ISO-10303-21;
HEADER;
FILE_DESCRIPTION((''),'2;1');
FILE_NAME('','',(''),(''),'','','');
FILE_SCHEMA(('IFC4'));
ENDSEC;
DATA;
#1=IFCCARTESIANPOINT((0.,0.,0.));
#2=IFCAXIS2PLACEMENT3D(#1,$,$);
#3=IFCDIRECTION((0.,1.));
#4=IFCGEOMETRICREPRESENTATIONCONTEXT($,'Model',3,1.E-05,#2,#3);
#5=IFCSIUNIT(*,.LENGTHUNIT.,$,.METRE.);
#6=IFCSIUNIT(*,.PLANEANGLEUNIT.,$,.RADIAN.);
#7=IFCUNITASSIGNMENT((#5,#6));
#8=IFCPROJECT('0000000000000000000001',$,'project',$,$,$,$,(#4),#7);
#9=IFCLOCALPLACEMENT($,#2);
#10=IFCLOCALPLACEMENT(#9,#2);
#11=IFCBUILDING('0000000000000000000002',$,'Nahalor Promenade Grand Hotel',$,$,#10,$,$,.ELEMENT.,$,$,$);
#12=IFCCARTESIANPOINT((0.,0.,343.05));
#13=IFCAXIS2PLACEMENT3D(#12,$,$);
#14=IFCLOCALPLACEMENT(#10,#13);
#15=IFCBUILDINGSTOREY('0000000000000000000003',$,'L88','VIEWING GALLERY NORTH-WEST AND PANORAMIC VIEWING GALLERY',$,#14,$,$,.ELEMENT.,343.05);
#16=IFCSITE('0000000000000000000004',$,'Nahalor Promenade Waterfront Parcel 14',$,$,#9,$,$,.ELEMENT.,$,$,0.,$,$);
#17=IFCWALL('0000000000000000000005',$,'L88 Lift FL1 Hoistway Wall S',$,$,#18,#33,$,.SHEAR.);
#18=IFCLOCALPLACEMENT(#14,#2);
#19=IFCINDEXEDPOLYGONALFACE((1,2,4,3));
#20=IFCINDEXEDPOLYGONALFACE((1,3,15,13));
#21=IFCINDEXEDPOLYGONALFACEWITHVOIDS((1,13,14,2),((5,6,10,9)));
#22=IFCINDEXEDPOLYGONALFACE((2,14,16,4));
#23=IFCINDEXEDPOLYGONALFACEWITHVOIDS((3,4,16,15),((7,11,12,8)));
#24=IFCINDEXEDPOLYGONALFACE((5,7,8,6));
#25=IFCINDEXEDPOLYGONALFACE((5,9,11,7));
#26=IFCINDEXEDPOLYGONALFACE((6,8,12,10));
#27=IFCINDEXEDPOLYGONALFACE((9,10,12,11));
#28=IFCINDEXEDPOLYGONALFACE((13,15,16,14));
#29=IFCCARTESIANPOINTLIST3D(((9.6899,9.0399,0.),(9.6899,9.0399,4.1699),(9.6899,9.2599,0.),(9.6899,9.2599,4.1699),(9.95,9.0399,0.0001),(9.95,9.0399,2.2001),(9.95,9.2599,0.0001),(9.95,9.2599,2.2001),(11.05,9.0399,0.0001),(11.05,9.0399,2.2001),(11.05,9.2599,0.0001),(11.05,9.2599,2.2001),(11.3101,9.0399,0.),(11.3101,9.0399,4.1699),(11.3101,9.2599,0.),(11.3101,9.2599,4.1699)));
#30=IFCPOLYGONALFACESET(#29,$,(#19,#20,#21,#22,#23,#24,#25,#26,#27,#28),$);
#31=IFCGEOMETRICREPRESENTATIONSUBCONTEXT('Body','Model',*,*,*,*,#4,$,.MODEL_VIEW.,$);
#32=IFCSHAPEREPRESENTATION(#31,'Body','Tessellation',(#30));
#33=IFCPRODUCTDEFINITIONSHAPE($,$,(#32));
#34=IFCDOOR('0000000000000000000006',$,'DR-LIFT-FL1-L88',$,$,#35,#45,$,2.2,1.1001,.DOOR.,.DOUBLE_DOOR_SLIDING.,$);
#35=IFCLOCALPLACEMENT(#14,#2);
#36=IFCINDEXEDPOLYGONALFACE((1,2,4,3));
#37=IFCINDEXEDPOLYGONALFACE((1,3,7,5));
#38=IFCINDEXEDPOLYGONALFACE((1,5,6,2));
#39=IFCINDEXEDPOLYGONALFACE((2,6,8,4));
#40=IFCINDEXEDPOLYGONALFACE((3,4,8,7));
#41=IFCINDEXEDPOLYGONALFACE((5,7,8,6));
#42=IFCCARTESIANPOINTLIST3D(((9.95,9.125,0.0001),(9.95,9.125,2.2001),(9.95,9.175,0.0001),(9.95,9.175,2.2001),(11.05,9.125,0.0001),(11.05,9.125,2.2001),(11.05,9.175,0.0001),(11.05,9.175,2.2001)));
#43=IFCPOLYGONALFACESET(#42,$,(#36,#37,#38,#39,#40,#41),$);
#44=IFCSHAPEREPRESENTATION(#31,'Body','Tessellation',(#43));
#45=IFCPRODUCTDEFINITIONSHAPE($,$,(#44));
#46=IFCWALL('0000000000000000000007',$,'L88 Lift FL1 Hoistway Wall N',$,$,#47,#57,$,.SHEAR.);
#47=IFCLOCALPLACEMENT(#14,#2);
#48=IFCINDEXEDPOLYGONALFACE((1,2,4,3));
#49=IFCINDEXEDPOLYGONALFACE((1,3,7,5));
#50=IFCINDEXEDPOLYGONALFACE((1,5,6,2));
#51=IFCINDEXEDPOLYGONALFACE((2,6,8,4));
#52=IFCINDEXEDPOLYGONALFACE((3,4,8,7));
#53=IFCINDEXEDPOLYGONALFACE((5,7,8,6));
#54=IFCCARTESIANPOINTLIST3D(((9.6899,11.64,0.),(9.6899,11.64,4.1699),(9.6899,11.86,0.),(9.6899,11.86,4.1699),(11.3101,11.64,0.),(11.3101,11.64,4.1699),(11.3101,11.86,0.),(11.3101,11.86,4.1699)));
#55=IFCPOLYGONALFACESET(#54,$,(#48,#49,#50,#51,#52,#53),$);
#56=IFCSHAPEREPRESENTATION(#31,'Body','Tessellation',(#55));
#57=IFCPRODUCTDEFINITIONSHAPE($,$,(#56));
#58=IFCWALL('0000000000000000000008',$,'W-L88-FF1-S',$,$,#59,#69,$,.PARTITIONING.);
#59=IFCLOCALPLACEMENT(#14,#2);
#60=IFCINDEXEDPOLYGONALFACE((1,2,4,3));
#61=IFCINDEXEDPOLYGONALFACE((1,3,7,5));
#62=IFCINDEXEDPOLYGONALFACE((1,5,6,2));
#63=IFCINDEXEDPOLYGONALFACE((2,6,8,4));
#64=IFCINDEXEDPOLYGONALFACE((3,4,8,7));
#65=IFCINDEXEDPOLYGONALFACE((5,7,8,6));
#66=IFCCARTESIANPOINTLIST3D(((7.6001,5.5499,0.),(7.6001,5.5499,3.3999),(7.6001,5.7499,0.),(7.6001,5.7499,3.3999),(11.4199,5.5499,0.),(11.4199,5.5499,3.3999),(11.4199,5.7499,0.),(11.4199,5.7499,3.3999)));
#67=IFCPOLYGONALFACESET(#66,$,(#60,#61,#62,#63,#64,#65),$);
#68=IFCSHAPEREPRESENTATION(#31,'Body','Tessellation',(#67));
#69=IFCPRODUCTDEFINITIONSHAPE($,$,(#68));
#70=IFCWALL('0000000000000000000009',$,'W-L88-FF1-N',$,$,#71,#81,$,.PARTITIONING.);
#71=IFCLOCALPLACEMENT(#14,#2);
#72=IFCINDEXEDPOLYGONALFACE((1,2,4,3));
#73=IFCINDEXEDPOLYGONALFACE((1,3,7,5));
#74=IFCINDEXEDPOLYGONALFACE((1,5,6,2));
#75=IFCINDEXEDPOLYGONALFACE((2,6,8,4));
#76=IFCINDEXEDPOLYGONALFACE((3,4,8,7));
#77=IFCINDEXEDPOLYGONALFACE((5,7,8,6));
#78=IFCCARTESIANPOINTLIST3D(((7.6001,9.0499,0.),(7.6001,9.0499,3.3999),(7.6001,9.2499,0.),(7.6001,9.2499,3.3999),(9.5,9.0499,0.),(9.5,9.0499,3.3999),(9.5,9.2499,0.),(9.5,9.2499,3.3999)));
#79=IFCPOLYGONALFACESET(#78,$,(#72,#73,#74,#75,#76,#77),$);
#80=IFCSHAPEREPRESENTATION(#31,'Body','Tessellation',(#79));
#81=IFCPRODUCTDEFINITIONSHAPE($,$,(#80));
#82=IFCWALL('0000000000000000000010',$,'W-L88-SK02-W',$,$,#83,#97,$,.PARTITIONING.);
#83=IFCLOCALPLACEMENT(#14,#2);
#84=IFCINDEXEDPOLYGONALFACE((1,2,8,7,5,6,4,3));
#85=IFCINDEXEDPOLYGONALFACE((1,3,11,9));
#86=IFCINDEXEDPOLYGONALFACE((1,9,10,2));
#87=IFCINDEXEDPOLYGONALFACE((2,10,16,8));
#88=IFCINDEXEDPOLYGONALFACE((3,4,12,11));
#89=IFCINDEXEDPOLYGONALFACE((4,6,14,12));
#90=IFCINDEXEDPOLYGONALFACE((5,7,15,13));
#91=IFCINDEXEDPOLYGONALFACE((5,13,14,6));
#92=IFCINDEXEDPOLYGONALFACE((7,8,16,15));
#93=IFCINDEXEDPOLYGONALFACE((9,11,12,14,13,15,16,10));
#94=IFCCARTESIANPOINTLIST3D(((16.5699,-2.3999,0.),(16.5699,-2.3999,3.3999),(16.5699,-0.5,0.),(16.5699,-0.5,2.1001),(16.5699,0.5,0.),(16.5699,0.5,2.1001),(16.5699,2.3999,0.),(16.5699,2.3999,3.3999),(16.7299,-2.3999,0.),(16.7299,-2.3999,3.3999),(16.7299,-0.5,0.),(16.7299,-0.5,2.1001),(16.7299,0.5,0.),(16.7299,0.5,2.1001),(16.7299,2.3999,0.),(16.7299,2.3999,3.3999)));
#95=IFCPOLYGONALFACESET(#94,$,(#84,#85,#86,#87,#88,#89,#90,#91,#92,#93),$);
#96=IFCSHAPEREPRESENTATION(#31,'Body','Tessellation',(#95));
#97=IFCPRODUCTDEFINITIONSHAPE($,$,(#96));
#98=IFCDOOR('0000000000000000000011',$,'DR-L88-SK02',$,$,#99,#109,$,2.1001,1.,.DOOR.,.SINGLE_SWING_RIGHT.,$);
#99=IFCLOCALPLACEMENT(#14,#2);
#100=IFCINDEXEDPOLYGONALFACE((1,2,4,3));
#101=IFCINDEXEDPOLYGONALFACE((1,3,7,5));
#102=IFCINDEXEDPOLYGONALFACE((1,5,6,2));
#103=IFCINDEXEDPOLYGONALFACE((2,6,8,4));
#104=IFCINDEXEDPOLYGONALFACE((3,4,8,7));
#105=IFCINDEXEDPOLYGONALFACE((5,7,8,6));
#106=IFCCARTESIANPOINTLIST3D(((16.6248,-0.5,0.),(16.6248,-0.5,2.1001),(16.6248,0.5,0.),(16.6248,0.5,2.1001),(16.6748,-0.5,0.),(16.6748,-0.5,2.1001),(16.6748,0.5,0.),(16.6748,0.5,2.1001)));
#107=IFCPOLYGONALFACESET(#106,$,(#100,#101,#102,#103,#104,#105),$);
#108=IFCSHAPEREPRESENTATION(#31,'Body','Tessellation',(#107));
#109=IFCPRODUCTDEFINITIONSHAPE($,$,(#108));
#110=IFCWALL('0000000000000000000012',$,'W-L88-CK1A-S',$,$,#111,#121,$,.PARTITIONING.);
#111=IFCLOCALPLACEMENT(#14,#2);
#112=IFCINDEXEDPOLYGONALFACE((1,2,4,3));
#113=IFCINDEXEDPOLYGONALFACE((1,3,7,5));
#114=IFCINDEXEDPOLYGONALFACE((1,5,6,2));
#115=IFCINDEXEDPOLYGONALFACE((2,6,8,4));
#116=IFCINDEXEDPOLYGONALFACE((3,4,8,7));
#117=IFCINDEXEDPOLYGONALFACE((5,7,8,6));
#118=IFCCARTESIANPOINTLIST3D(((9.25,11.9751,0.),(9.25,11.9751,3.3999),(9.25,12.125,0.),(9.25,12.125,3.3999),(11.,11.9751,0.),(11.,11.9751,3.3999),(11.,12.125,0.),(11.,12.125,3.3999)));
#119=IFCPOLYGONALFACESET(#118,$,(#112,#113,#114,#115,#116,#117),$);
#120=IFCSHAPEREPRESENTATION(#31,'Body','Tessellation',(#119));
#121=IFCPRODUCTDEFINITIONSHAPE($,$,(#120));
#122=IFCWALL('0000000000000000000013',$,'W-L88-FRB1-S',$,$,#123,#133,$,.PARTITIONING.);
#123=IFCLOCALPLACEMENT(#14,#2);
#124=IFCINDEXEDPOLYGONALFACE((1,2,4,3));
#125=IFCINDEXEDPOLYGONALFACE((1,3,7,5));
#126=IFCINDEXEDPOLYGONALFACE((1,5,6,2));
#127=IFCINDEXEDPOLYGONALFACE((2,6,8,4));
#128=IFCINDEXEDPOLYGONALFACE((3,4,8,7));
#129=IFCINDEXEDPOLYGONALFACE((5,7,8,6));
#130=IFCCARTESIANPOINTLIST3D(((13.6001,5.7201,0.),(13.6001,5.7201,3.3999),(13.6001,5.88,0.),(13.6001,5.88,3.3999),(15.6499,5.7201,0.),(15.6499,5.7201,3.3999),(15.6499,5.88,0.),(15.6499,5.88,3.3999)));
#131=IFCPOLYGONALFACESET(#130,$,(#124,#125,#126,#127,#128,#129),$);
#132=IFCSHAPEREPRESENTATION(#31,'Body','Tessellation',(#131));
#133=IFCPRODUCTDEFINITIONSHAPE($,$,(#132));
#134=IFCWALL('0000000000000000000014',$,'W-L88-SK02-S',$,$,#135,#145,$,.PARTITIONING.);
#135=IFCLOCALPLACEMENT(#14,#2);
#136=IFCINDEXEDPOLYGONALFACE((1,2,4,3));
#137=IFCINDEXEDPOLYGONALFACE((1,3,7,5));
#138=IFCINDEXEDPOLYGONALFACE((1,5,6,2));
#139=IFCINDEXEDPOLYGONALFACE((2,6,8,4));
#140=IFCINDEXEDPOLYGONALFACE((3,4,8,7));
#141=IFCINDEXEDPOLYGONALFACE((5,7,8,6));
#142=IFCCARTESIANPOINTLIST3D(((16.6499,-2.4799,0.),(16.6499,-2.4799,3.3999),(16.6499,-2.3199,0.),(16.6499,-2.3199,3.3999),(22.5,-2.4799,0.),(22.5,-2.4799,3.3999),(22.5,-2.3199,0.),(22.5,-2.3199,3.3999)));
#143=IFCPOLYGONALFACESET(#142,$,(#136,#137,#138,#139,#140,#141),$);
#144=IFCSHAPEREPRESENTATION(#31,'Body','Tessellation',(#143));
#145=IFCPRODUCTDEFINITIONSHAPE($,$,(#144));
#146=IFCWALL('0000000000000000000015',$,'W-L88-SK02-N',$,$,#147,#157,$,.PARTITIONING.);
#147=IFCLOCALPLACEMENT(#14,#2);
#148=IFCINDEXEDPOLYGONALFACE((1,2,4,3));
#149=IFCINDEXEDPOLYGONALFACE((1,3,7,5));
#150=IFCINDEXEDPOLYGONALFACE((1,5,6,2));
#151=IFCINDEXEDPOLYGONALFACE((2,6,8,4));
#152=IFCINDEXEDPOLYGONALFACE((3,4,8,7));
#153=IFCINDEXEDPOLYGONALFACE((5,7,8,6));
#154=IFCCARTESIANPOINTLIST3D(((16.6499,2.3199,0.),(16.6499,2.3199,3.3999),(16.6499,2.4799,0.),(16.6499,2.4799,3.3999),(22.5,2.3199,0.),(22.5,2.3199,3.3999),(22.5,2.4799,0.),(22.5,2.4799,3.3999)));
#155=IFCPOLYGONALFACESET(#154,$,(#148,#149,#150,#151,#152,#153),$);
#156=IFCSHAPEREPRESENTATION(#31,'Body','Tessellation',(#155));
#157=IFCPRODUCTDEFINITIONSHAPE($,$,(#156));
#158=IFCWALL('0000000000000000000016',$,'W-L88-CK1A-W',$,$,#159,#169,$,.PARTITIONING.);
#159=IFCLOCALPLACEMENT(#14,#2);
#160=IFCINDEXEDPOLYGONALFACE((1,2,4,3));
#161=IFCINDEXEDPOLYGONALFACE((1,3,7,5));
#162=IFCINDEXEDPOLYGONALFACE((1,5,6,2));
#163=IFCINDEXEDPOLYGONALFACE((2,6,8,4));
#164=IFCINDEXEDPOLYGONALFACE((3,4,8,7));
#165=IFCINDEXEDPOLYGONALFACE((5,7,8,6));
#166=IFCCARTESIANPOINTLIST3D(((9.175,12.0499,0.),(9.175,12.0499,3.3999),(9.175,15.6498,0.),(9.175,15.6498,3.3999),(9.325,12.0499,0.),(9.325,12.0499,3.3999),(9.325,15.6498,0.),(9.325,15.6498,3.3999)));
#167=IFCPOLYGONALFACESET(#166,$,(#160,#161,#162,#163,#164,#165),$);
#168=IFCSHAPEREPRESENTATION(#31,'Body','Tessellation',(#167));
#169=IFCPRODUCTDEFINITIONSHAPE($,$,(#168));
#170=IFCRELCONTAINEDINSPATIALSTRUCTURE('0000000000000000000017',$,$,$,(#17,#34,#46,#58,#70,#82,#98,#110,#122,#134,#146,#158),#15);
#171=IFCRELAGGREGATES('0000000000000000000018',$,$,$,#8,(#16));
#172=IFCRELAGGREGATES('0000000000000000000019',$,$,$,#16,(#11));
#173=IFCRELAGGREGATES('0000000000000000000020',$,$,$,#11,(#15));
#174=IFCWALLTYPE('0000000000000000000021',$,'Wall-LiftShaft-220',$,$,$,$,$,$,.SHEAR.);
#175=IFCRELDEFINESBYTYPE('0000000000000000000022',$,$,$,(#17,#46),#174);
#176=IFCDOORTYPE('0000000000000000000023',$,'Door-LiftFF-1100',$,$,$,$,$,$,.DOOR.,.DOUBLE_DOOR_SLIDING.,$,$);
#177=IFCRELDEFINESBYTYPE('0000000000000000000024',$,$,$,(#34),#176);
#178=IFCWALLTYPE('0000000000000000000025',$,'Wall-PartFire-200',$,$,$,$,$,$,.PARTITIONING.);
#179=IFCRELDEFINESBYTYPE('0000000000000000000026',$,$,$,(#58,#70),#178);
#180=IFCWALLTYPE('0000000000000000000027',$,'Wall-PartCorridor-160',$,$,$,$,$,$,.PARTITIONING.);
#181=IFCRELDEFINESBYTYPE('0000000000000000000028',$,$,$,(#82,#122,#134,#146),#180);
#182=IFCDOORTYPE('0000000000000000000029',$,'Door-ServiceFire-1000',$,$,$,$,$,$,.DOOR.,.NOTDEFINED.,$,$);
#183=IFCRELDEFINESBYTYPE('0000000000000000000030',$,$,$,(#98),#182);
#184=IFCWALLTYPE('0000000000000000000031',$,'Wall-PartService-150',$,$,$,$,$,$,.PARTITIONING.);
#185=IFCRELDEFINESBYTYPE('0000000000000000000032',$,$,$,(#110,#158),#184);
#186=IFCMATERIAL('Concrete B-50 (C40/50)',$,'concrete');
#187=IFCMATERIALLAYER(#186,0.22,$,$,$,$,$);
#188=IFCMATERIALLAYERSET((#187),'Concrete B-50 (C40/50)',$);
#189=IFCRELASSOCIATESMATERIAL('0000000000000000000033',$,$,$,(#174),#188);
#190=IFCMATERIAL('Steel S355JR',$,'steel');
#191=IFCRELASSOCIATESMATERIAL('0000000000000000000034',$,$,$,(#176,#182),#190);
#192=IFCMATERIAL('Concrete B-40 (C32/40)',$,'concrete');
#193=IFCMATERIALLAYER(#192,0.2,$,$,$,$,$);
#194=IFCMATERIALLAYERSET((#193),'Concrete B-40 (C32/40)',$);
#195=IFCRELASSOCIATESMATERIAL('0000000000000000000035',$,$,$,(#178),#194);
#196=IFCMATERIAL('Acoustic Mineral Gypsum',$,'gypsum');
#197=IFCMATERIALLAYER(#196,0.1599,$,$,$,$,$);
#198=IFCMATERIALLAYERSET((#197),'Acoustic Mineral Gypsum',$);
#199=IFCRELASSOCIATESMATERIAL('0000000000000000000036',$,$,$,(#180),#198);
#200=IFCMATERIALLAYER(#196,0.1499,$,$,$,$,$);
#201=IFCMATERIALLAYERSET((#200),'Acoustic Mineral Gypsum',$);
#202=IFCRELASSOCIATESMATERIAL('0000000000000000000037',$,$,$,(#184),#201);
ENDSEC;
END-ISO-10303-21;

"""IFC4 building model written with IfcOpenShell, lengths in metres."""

from ifc_helpers import new_model, si_unit, direction, frame, frame_2d, origin, place, context, subcontext, project, spatial, rectangle, extrude, source, transform, mapped, material, layer, layer_set, type_object, element, fill, save


model = new_model("IFC4")

# Units and contexts
model_context = context("Model", 3, precision=1e-05, world=origin(), true_north=direction((0.0, 1.0)))
body_context = subcontext(model_context, "Body", "Model", "MODEL_VIEW")
ifc_project = project(units=[si_unit("LENGTHUNIT", "METRE"), si_unit("PLANEANGLEUNIT", "RADIAN")], contexts=[model_context])

# Site, building, storey
site_placement = place(None, origin())
site = spatial("IfcSite", under=ifc_project, at=site_placement, Name="Nahalor Promenade Waterfront Parcel 14", CompositionType="ELEMENT", RefElevation=0.0)
building_placement = place(site_placement, origin())
building = spatial("IfcBuilding", under=site, at=building_placement, Name="Nahalor Promenade Grand Hotel", CompositionType="ELEMENT")
storey_placement = place(building_placement, frame((0.0, 0.0, 343.05)))
storey = spatial("IfcBuildingStorey", under=building, at=storey_placement, Name="L88", Description="VIEWING GALLERY NORTH-WEST AND PANORAMIC VIEWING GALLERY", CompositionType="ELEMENT", Elevation=343.05)

# Shared definitions
ifc_material_1 = material(Name="Steel S355JR", Category="steel")

# Shared definitions
ifc_material_2 = material(Name="Concrete B-50 (C40/50)", Category="concrete")

# Shared definitions
ifc_layer_1 = layer(ifc_material_2, 0.22)
ifc_layer_set_1 = layer_set([ifc_layer_1], Name="Concrete B-50 (C40/50)")
wall_type_1 = type_object("IfcWallType", Name="Wall-LiftShaft-220", PredefinedType="SHEAR", material=ifc_layer_set_1)

# Wall, opening, door
shared_shape_1 = source(origin(), body_context, "Body", "SweptSolid", [
    extrude(rectangle(XDim=1.6201, YDim=0.22, at=frame_2d((0.8101, 0.0))), origin(), (0.0, 0.0, 1.0), 4.1699),
])
wall_1_placement = place(storey_placement, frame((9.6899, 9.1499, 0.0), z_axis=(0.0, 0.0, 1.0), x_axis=(1.0, 0.0, 0.0)))
wall_1 = element("IfcWall", 1, at=wall_1_placement, inside=storey, type_object=wall_type_1, Name="L88 Lift FL1 Hoistway Wall S", PredefinedType="SHEAR", context=body_context, shape_type="MappedRepresentation", body=[
    mapped(shared_shape_1, transform((0.0, 0.0, 0.0), scale=1.0)),
])
opening_1_placement = place(wall_1_placement, frame((0.26, 0.0, 0.0)))
opening_1 = element("IfcOpeningElement", 2, at=opening_1_placement, cuts=wall_1, PredefinedType="OPENING", context=body_context, shape_type="SweptSolid", body=[
    extrude(rectangle(XDim=1.1001, YDim=2.2, at=frame_2d((0.55, 1.1001))), frame((0.0, 0.1199, 0.0), z_axis=(0.0, -1.0, 0.0), x_axis=(1.0, 0.0, 0.0)), (0.0, 0.0, 1.0), 0.24),
])
door_type_1 = type_object("IfcDoorType", Name="Door-LiftFF-1100", OperationType="DOUBLE_DOOR_SLIDING", PredefinedType="DOOR", material=ifc_material_1)
shared_shape_2 = source(origin(), body_context, "Body", "SweptSolid", [
    extrude(rectangle(XDim=1.1001, YDim=2.2, at=frame_2d((0.55, 1.1001))), frame((0.0, 0.0249, 0.0), z_axis=(0.0, -1.0, 0.0), x_axis=(1.0, 0.0, 0.0)), (0.0, 0.0, 1.0), 0.05),
])
door_1_placement = place(opening_1_placement, frame((1.1001, 0.0, 0.0), z_axis=(0.0, 0.0, 1.0), x_axis=(-1.0, 0.0, 0.0)))
door_1 = element("IfcDoor", 3, at=door_1_placement, inside=storey, type_object=door_type_1, Name="DR-LIFT-FL1-L88", OperationType="DOUBLE_DOOR_SLIDING", OverallHeight=2.2, OverallWidth=1.1001, PredefinedType="DOOR", context=body_context, shape_type="MappedRepresentation", body=[
    mapped(shared_shape_2, transform((0.0, 0.0, 0.0), scale=1.0)),
])
fill(opening_1, door_1)

# Walls
wall_2_placement = place(storey_placement, frame((9.6899, 11.75, 0.0), z_axis=(0.0, 0.0, 1.0), x_axis=(1.0, 0.0, 0.0)))
element("IfcWall", 4, at=wall_2_placement, inside=storey, type_object=wall_type_1, Name="L88 Lift FL1 Hoistway Wall N", PredefinedType="SHEAR", context=body_context, shape_type="MappedRepresentation", body=[
    mapped(shared_shape_1, transform((0.0, 0.0, 0.0), scale=1.0)),
])
ifc_material_3 = material(Name="Concrete B-40 (C32/40)", Category="concrete")
ifc_layer_2 = layer(ifc_material_3, 0.2)
ifc_layer_set_2 = layer_set([ifc_layer_2], Name="Concrete B-40 (C32/40)")
wall_type_2 = type_object("IfcWallType", Name="Wall-PartFire-200", PredefinedType="PARTITIONING", material=ifc_layer_set_2)
shared_shape_3 = source(origin(), body_context, "Body", "SweptSolid", [
    extrude(rectangle(XDim=3.8198, YDim=0.2, at=frame_2d((1.9099, 0.0))), origin(), (0.0, 0.0, 1.0), 3.3999),
])
wall_3_placement = place(storey_placement, frame((7.6001, 5.6499, 0.0), z_axis=(0.0, 0.0, 1.0), x_axis=(1.0, 0.0, 0.0)))
element("IfcWall", 5, at=wall_3_placement, inside=storey, type_object=wall_type_2, Name="W-L88-FF1-S", PredefinedType="PARTITIONING", context=body_context, shape_type="MappedRepresentation", body=[
    mapped(shared_shape_3, transform((0.0, 0.0, 0.0), scale=1.0)),
])
shared_shape_4 = source(origin(), body_context, "Body", "SweptSolid", [
    extrude(rectangle(XDim=1.8999, YDim=0.2, at=frame_2d((0.95, 0.0))), origin(), (0.0, 0.0, 1.0), 3.3999),
])
wall_4_placement = place(storey_placement, frame((7.6001, 9.1499, 0.0), z_axis=(0.0, 0.0, 1.0), x_axis=(1.0, 0.0, 0.0)))
element("IfcWall", 6, at=wall_4_placement, inside=storey, type_object=wall_type_2, Name="W-L88-FF1-N", PredefinedType="PARTITIONING", context=body_context, shape_type="MappedRepresentation", body=[
    mapped(shared_shape_4, transform((0.0, 0.0, 0.0), scale=1.0)),
])

# Wall, opening, door
ifc_material_4 = material(Name="Acoustic Mineral Gypsum", Category="gypsum")
ifc_layer_3 = layer(ifc_material_4, 0.1599)
ifc_layer_set_3 = layer_set([ifc_layer_3], Name="Acoustic Mineral Gypsum")
wall_type_3 = type_object("IfcWallType", Name="Wall-PartCorridor-160", PredefinedType="PARTITIONING", material=ifc_layer_set_3)
shared_shape_5 = source(origin(), body_context, "Body", "SweptSolid", [
    extrude(rectangle(XDim=4.7998, YDim=0.1599, at=frame_2d((2.3999, 0.0))), origin(), (0.0, 0.0, 1.0), 3.3999),
])
wall_5_placement = place(storey_placement, frame((16.6499, -2.3999, 0.0), z_axis=(0.0, 0.0, 1.0), x_axis=(0.0, 1.0, 0.0)))
wall_5 = element("IfcWall", 7, at=wall_5_placement, inside=storey, type_object=wall_type_3, Name="W-L88-SK02-W", PredefinedType="PARTITIONING", context=body_context, shape_type="MappedRepresentation", body=[
    mapped(shared_shape_5, transform((0.0, 0.0, 0.0), scale=1.0)),
])
opening_2_placement = place(wall_5_placement, frame((1.8999, 0.0, 0.0)))
opening_2 = element("IfcOpeningElement", 8, at=opening_2_placement, cuts=wall_5, PredefinedType="OPENING", context=body_context, shape_type="SweptSolid", body=[
    extrude(rectangle(XDim=1.0, YDim=2.1001, at=frame_2d((0.5, 1.05))), frame((0.0, 0.0898, 0.0), z_axis=(0.0, -1.0, 0.0), x_axis=(1.0, 0.0, 0.0)), (0.0, 0.0, 1.0), 0.1799),
])
door_type_2 = type_object("IfcDoorType", Name="Door-ServiceFire-1000", OperationType="NOTDEFINED", PredefinedType="DOOR", material=ifc_material_1)
shared_shape_6 = source(origin(), body_context, "Body", "SweptSolid", [
    extrude(rectangle(XDim=1.0, YDim=2.1001, at=frame_2d((0.5, 1.05))), frame((0.0, 0.0249, 0.0), z_axis=(0.0, -1.0, 0.0), x_axis=(1.0, 0.0, 0.0)), (0.0, 0.0, 1.0), 0.05),
])
door_2_placement = place(opening_2_placement, frame((1.0, 0.0, 0.0), z_axis=(0.0, 0.0, 1.0), x_axis=(-1.0, 0.0, 0.0)))
door_2 = element("IfcDoor", 9, at=door_2_placement, inside=storey, type_object=door_type_2, Name="DR-L88-SK02", OperationType="SINGLE_SWING_RIGHT", OverallHeight=2.1001, OverallWidth=1.0, PredefinedType="DOOR", context=body_context, shape_type="MappedRepresentation", body=[
    mapped(shared_shape_6, transform((0.0, 0.0, 0.0), scale=1.0)),
])
fill(opening_2, door_2)

# Walls
ifc_layer_4 = layer(ifc_material_4, 0.1499)
ifc_layer_set_4 = layer_set([ifc_layer_4], Name="Acoustic Mineral Gypsum")
wall_type_4 = type_object("IfcWallType", Name="Wall-PartService-150", PredefinedType="PARTITIONING", material=ifc_layer_set_4)
shared_shape_7 = source(origin(), body_context, "Body", "SweptSolid", [
    extrude(rectangle(XDim=1.75, YDim=0.1499, at=frame_2d((0.875, 0.0))), origin(), (0.0, 0.0, 1.0), 3.3999),
])
wall_6_placement = place(storey_placement, frame((9.25, 12.05, 0.0), z_axis=(0.0, 0.0, 1.0), x_axis=(1.0, 0.0, 0.0)))
element("IfcWall", 10, at=wall_6_placement, inside=storey, type_object=wall_type_4, Name="W-L88-CK1A-S", PredefinedType="PARTITIONING", context=body_context, shape_type="MappedRepresentation", body=[
    mapped(shared_shape_7, transform((0.0, 0.0, 0.0), scale=1.0)),
])
shared_shape_8 = source(origin(), body_context, "Body", "SweptSolid", [
    extrude(rectangle(XDim=2.0498, YDim=0.1599, at=frame_2d((1.0249, 0.0))), origin(), (0.0, 0.0, 1.0), 3.3999),
])
wall_7_placement = place(storey_placement, frame((13.6001, 5.8, 0.0), z_axis=(0.0, 0.0, 1.0), x_axis=(1.0, 0.0, 0.0)))
element("IfcWall", 11, at=wall_7_placement, inside=storey, type_object=wall_type_3, Name="W-L88-FRB1-S", PredefinedType="PARTITIONING", context=body_context, shape_type="MappedRepresentation", body=[
    mapped(shared_shape_8, transform((0.0, 0.0, 0.0), scale=1.0)),
])
shared_shape_9 = source(origin(), body_context, "Body", "SweptSolid", [
    extrude(rectangle(XDim=5.8501, YDim=0.1599, at=frame_2d((2.925, 0.0))), origin(), (0.0, 0.0, 1.0), 3.3999),
])
for number, where, z_axis, x_axis, name in (
    (12, (16.6499, -2.3999, 0.0), (0.0, 0.0, 1.0), (1.0, 0.0, 0.0), "W-L88-SK02-S"),
    (13, (16.6499, 2.3999, 0.0), (0.0, 0.0, 1.0), (1.0, 0.0, 0.0), "W-L88-SK02-N"),
):
    element("IfcWall", number, at=place(storey_placement, frame(where, z_axis=z_axis, x_axis=x_axis)), inside=storey, type_object=wall_type_3, Name=name, PredefinedType="PARTITIONING", context=body_context, shape_type="MappedRepresentation", body=[
        mapped(shared_shape_9, transform((0.0, 0.0, 0.0), scale=1.0)),
    ])

# Wall
shared_shape_10 = source(origin(), body_context, "Body", "SweptSolid", [
    extrude(rectangle(XDim=3.5999, YDim=0.1499, at=frame_2d((1.7998, 0.0))), origin(), (0.0, 0.0, 1.0), 3.3999),
])
wall_8_placement = place(storey_placement, frame((9.25, 12.05, 0.0), z_axis=(0.0, 0.0, 1.0), x_axis=(0.0, 1.0, 0.0)))
element("IfcWall", 14, at=wall_8_placement, inside=storey, type_object=wall_type_4, Name="W-L88-CK1A-W", PredefinedType="PARTITIONING", context=body_context, shape_type="MappedRepresentation", body=[
    mapped(shared_shape_10, transform((0.0, 0.0, 0.0), scale=1.0)),
])

save(model, "model.ifc")
